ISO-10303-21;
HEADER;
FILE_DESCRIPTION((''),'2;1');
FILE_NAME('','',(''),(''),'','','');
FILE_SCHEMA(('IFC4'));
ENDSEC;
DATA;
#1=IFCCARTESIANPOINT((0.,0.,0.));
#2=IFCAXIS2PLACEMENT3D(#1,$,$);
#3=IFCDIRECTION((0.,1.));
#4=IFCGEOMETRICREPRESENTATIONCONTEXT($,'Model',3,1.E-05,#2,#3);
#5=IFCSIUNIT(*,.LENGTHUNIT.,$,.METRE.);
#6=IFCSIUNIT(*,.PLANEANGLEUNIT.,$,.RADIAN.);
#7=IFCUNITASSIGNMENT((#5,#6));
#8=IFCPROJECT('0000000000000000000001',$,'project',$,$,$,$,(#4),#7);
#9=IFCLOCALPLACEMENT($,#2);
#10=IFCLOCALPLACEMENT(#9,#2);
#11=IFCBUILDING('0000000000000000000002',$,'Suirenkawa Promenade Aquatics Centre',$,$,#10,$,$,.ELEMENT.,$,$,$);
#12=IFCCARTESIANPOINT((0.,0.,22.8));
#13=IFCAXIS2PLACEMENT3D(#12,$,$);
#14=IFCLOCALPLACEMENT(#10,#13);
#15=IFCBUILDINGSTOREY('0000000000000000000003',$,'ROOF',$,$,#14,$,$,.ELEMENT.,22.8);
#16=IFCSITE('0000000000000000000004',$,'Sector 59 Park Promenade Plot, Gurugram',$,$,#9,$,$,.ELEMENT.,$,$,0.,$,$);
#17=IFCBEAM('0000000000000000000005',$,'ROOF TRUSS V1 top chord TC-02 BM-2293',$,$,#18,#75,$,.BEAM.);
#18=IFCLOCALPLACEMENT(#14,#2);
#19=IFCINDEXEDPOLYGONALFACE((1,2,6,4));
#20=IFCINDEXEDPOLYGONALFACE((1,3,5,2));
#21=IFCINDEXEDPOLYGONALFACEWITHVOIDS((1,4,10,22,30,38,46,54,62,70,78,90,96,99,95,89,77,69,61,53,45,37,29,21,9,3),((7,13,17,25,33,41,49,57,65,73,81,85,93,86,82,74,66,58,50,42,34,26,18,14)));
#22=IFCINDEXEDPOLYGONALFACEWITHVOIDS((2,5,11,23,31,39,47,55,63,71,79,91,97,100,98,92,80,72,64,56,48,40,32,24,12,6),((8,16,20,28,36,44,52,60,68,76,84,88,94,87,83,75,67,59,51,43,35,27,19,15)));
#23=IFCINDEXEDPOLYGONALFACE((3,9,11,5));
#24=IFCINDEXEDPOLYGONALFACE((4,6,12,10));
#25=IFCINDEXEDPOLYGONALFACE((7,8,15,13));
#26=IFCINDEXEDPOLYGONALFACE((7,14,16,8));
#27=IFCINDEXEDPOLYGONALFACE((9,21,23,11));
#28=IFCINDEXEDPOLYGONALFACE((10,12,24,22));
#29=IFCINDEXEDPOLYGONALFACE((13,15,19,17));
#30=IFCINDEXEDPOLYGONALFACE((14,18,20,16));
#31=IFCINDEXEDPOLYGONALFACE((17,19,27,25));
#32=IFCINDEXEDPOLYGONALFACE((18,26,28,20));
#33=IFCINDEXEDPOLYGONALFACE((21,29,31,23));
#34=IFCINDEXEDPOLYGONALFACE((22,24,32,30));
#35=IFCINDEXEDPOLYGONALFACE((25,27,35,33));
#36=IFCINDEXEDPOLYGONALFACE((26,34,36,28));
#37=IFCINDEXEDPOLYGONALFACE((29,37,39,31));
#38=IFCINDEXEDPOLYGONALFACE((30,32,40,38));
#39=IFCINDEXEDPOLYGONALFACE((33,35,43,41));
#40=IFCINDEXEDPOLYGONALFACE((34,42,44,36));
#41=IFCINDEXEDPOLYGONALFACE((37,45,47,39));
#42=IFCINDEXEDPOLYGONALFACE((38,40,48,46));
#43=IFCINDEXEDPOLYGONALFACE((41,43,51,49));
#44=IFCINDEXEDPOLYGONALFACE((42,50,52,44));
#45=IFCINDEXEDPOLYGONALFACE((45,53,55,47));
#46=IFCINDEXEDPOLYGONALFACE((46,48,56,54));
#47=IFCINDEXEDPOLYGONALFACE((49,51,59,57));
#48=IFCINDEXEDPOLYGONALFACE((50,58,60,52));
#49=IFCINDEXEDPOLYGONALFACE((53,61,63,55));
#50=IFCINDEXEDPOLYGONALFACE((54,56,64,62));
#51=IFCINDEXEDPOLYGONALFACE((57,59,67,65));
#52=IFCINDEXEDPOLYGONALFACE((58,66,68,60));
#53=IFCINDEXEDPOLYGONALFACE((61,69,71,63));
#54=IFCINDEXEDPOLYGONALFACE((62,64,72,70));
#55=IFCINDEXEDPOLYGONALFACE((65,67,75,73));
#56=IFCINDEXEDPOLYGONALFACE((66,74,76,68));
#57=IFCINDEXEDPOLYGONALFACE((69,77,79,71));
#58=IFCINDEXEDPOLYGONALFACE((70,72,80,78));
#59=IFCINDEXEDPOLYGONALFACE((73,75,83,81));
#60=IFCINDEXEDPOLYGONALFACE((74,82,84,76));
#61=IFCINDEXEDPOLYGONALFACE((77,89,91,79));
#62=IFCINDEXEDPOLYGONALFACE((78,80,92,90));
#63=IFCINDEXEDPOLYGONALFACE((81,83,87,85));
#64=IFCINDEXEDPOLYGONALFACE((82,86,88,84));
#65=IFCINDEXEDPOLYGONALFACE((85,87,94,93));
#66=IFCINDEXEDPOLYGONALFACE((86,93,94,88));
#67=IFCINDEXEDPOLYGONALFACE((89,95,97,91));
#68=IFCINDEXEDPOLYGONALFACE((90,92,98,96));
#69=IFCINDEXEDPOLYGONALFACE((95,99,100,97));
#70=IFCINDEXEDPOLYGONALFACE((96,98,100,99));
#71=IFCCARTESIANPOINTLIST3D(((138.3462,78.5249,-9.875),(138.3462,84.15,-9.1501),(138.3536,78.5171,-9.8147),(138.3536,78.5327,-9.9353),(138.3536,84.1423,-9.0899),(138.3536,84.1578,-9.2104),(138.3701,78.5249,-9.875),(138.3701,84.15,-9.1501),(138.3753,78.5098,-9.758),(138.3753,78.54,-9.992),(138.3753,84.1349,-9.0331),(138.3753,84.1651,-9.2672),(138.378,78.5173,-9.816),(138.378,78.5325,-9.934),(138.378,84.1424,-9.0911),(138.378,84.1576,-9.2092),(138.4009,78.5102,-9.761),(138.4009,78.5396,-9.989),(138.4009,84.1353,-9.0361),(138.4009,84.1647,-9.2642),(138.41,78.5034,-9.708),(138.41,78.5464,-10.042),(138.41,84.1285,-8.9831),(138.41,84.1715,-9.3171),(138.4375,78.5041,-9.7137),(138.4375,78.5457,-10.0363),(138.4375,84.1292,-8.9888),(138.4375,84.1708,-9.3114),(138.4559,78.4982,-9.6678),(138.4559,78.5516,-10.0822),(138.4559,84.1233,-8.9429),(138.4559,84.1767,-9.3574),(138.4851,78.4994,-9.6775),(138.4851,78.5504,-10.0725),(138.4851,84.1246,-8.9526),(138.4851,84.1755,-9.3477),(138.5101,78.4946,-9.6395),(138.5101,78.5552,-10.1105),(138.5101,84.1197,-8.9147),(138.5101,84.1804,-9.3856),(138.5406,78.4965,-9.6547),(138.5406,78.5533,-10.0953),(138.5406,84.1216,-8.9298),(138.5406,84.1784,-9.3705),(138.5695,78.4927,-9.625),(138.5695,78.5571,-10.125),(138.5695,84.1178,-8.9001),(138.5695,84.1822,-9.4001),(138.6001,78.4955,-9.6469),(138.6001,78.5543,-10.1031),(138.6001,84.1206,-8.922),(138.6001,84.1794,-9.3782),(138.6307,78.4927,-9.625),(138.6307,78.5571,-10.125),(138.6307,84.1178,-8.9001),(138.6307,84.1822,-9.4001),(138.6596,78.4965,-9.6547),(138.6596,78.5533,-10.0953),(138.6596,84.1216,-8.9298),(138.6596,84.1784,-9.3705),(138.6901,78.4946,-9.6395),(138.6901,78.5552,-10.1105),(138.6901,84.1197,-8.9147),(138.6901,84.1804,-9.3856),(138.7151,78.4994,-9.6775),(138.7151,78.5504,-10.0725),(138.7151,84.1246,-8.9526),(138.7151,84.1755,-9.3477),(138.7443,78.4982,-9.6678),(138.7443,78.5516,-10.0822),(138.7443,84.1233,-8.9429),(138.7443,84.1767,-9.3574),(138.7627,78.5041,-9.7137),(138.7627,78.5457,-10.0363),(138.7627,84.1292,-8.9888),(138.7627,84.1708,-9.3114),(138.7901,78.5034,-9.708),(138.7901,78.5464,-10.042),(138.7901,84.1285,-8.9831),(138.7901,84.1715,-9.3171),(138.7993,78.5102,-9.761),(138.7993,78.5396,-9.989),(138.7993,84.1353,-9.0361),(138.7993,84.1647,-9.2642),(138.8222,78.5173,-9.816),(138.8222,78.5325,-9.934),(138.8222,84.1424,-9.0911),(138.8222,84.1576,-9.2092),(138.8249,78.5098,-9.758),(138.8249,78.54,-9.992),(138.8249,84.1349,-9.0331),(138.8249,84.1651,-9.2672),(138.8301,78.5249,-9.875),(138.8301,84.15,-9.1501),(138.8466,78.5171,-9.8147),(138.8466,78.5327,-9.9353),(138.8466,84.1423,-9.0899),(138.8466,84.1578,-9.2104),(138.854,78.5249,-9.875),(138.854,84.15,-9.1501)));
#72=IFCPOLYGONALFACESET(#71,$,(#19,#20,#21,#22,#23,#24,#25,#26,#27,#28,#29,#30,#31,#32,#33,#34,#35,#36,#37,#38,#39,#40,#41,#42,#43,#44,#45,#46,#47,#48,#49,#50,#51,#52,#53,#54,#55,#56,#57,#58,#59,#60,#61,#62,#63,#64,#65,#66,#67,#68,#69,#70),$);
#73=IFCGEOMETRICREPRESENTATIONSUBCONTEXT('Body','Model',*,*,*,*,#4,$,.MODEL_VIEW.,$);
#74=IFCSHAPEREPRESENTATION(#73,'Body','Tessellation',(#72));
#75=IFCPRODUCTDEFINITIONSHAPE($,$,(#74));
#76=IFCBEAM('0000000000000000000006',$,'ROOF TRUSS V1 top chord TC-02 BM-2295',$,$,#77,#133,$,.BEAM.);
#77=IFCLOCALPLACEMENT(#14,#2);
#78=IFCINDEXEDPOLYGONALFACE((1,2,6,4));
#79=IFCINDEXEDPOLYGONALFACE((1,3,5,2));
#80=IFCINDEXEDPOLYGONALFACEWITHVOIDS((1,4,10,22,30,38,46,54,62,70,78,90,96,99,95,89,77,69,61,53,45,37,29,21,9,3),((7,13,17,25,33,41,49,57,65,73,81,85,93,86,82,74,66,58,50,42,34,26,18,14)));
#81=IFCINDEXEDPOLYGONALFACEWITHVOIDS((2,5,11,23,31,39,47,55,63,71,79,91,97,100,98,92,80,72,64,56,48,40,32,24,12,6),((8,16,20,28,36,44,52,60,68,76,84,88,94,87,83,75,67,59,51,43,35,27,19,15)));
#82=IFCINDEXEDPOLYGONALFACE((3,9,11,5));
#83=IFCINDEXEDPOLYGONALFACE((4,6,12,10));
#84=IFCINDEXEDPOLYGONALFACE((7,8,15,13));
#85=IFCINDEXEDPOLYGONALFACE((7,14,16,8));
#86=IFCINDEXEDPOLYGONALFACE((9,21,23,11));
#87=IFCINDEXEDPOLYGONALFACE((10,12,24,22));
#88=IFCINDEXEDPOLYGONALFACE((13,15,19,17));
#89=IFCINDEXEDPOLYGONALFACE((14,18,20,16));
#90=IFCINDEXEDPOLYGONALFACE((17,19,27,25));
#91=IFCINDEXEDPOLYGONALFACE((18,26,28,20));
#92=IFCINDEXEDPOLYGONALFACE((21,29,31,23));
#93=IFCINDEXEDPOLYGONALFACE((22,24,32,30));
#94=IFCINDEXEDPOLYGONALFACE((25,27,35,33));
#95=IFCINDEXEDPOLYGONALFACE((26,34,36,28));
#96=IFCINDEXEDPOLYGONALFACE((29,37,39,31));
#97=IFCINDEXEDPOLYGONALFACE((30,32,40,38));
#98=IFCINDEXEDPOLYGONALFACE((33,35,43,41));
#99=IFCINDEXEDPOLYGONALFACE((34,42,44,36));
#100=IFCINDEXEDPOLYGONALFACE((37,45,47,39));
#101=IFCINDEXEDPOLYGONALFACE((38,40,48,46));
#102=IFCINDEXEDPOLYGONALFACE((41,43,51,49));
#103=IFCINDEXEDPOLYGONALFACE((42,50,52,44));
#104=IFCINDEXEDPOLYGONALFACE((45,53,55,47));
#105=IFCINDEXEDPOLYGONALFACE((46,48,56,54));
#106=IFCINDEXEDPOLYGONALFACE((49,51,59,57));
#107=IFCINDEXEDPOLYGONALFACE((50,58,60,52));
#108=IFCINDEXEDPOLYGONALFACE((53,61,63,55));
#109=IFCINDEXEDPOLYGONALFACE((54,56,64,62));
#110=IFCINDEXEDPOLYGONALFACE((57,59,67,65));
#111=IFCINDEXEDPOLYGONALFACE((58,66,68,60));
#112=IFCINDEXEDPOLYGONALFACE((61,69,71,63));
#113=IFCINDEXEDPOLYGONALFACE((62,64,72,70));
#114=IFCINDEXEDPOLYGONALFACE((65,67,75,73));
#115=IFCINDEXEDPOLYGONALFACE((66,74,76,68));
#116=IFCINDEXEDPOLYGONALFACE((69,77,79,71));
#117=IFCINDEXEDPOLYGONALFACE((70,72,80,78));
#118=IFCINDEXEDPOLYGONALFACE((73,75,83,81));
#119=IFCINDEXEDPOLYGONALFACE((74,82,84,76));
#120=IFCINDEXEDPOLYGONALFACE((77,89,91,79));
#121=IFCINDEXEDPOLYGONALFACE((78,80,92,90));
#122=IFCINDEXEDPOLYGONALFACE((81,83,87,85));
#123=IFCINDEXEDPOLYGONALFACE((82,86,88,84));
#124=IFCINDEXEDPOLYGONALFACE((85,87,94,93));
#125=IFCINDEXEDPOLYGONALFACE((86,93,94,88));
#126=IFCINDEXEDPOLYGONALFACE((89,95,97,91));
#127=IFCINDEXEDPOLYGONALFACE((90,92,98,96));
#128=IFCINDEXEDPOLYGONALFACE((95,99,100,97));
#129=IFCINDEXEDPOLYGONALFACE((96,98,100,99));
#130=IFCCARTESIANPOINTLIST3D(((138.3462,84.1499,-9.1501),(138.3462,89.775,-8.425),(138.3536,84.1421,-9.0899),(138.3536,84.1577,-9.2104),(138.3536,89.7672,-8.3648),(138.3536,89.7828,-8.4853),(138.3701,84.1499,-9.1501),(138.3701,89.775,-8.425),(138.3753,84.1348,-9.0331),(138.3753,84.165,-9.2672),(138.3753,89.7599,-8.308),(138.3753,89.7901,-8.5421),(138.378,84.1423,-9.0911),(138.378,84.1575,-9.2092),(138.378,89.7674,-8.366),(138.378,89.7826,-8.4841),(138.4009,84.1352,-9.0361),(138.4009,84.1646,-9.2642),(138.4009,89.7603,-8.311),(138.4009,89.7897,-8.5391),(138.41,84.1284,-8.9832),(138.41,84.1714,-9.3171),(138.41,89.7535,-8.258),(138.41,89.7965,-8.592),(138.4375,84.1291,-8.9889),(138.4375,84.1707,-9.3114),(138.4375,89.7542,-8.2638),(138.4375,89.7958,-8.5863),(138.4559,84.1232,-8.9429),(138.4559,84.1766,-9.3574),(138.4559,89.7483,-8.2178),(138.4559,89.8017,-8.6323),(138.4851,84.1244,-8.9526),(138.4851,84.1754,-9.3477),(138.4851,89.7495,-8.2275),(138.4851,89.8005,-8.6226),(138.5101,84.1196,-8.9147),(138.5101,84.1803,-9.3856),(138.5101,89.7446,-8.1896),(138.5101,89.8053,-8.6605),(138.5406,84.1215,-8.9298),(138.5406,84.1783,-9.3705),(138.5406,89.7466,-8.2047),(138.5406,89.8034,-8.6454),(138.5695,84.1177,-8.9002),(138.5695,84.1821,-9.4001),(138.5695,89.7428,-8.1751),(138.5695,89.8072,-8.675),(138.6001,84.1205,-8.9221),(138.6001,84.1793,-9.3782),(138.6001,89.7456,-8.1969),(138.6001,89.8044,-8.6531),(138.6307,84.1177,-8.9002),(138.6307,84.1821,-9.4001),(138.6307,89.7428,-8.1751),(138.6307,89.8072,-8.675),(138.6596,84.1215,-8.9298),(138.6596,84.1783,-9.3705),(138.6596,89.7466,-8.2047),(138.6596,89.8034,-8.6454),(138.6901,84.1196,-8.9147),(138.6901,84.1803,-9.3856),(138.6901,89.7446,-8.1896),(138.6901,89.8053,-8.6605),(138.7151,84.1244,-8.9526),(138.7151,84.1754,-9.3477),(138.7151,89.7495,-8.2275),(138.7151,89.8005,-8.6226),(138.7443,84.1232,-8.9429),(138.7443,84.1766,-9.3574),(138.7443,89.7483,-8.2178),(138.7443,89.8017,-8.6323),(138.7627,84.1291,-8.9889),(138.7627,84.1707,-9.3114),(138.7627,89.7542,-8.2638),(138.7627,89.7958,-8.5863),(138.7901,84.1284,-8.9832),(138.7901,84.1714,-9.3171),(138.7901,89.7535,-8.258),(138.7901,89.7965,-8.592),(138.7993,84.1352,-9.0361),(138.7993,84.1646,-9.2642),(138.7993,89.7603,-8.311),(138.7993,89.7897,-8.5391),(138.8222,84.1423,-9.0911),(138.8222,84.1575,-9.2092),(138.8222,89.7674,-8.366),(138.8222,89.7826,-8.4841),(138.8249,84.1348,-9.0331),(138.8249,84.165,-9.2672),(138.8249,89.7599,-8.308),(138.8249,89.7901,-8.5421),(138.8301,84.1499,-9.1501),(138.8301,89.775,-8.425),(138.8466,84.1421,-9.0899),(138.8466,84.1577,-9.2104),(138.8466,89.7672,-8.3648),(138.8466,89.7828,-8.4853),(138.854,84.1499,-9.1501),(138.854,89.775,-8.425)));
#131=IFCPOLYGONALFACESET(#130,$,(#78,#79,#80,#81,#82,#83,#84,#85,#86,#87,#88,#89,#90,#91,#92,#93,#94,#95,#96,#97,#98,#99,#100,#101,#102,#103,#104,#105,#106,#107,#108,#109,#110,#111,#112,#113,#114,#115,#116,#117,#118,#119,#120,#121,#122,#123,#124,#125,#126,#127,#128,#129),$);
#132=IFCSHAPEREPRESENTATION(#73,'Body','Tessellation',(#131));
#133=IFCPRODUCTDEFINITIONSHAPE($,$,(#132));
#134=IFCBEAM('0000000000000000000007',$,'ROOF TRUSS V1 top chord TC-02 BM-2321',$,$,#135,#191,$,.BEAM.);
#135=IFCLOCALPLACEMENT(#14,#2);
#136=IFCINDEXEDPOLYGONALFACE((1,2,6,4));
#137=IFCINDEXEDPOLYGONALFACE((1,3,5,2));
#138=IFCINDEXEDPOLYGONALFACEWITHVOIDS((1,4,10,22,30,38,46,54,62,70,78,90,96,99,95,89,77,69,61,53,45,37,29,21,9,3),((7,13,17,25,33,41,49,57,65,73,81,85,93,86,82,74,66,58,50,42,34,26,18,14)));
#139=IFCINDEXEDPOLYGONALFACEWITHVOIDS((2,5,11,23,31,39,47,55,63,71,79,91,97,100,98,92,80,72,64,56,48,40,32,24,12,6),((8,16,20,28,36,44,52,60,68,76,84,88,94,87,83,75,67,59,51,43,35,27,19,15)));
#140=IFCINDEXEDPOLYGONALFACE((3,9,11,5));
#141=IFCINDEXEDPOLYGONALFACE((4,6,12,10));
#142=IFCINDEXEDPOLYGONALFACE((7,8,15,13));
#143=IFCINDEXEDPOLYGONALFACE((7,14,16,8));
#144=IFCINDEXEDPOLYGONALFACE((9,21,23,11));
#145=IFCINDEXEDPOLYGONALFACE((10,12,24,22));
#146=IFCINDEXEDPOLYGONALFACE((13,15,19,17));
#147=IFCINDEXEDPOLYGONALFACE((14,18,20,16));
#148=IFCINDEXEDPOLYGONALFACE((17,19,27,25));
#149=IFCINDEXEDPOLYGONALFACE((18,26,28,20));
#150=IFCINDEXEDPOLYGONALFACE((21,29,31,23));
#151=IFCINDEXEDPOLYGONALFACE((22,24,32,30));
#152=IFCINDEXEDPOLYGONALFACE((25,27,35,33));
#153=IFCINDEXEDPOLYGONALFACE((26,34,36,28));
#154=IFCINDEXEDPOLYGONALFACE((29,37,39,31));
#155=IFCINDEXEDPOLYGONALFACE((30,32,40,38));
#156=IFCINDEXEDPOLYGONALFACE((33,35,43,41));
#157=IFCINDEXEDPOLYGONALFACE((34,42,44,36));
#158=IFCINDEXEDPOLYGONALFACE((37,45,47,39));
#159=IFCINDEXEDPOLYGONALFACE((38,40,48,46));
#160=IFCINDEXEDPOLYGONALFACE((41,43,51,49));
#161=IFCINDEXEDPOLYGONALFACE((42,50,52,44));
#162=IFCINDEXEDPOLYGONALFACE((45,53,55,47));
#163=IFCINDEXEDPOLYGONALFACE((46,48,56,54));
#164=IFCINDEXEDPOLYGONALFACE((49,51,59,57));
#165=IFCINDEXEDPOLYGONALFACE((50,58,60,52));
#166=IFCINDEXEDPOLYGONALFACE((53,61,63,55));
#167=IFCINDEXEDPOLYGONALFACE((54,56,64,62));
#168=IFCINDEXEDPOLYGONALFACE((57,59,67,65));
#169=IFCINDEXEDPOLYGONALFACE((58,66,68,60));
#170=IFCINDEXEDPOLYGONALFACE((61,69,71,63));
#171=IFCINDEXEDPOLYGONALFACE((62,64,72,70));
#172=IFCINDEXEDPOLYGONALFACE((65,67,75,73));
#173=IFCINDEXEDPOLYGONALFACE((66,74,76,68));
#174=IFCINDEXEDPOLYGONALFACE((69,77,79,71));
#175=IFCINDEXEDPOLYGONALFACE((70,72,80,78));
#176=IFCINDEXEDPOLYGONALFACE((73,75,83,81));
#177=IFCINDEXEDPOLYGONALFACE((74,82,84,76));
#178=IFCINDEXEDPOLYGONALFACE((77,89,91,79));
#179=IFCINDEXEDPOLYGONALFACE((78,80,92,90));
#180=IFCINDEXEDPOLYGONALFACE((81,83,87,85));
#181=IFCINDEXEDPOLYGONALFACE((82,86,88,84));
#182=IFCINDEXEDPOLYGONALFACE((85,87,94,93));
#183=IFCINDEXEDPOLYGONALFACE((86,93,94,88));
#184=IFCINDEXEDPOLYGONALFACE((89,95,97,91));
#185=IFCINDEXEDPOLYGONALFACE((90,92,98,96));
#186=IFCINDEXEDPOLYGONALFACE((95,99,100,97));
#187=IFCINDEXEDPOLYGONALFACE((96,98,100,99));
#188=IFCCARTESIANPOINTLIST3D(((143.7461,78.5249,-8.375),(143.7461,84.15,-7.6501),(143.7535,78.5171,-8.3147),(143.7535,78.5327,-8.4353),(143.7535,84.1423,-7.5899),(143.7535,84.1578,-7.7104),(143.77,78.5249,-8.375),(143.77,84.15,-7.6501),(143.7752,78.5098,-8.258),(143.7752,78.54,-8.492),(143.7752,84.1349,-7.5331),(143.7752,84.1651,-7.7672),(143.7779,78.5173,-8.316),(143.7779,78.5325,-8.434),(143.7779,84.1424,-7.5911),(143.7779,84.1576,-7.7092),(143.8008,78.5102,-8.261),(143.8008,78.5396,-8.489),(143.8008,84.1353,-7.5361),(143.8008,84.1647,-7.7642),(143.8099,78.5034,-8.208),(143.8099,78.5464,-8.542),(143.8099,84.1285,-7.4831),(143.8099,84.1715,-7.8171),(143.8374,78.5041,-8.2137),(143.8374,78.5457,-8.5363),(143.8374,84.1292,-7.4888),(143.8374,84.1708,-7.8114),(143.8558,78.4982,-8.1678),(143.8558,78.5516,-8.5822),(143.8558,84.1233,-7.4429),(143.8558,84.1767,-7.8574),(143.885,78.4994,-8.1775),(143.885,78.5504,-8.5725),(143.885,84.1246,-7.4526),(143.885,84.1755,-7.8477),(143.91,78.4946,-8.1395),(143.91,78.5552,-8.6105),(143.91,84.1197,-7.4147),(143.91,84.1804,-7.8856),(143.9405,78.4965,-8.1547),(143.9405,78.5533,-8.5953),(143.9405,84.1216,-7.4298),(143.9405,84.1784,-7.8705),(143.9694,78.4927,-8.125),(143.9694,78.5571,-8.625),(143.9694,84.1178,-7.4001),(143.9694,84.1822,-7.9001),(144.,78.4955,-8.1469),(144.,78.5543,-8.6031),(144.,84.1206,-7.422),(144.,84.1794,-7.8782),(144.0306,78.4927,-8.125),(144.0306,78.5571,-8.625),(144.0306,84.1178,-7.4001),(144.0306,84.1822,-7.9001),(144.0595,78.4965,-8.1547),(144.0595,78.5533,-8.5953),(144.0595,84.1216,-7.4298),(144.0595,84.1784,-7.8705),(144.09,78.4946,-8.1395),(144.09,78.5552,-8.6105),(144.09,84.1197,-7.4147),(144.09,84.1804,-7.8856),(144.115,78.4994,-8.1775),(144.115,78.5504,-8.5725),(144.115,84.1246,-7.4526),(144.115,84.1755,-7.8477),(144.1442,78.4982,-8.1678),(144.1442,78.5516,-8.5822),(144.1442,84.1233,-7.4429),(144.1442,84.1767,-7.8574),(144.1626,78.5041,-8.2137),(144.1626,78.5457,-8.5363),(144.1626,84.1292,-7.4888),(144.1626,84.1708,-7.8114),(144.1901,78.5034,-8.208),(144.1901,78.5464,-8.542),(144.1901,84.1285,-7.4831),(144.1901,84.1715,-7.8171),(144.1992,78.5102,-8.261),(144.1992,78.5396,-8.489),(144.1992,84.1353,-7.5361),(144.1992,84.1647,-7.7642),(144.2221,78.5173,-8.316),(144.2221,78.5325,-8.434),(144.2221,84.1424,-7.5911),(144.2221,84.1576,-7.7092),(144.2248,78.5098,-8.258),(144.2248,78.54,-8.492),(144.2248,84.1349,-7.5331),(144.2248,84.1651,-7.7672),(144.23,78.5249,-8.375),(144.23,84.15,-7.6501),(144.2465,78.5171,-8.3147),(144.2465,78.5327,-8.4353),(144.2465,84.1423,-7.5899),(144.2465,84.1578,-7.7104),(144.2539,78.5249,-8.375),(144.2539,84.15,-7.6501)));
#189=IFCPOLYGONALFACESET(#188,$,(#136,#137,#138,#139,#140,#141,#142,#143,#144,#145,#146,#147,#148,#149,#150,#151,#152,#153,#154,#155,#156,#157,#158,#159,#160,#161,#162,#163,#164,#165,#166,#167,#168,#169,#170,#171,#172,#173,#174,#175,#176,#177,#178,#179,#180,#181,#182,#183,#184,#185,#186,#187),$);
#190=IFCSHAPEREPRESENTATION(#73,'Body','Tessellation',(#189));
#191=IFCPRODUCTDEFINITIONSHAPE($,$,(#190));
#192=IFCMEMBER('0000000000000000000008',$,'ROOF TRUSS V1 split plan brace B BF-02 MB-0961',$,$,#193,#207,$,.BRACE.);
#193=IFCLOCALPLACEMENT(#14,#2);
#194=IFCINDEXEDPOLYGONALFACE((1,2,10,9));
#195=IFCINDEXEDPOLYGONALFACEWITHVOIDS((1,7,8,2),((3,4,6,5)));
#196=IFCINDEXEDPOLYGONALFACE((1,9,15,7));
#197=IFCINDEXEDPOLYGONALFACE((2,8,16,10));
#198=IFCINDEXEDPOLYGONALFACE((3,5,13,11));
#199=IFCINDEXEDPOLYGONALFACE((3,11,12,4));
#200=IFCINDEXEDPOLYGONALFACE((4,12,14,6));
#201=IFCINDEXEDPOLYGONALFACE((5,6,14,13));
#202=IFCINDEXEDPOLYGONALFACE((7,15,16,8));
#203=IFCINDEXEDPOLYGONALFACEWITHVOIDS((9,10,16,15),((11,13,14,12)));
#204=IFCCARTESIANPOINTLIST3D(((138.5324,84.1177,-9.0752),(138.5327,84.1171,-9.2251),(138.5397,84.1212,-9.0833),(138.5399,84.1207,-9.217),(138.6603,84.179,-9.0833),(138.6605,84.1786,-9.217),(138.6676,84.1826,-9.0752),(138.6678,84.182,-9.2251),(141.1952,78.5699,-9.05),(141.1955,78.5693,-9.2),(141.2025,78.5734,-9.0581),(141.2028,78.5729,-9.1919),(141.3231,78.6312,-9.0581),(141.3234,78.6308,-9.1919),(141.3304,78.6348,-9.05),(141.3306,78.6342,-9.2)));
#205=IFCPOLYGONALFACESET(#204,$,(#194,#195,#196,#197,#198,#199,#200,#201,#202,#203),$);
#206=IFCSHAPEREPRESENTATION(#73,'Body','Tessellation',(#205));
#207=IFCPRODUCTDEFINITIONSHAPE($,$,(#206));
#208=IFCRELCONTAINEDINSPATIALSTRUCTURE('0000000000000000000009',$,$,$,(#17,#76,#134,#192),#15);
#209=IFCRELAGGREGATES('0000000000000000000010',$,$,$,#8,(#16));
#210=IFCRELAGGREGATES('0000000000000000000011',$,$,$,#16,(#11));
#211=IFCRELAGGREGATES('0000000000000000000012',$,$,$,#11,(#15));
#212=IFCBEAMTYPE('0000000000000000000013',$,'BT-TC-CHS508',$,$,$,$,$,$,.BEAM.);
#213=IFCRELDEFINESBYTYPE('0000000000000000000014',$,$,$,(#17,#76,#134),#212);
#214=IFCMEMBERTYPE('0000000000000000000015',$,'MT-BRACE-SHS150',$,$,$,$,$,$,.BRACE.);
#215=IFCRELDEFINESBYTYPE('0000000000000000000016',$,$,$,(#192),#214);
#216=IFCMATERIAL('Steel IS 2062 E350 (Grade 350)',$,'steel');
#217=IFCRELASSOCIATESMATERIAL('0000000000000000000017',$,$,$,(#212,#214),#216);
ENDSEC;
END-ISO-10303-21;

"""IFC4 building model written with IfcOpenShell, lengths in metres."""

from ifc_helpers import new_model, si_unit, direction, frame, origin, origin_2d, place, context, subcontext, project, spatial, hollow_rectangle, hollow_circle, extrude, material, material_profile, profile_set, type_object, element, save


model = new_model("IFC4")

# Units and contexts
model_context = context("Model", 3, precision=1e-05, world=origin(), true_north=direction((0.0, 1.0)))
body_context = subcontext(model_context, "Body", "Model", "MODEL_VIEW")
ifc_project = project(units=[si_unit("LENGTHUNIT", "METRE"), si_unit("PLANEANGLEUNIT", "RADIAN")], contexts=[model_context])

# Site, building, storey
site_placement = place(None, origin())
site = spatial("IfcSite", under=ifc_project, at=site_placement, Name="Sector 59 Park Promenade Plot, Gurugram", CompositionType="ELEMENT", RefElevation=0.0)
building_placement = place(site_placement, origin())
building = spatial("IfcBuilding", under=site, at=building_placement, Name="Suirenkawa Promenade Aquatics Centre", CompositionType="ELEMENT")
storey_placement = place(building_placement, frame((0.0, 0.0, 22.8)))
storey = spatial("IfcBuildingStorey", under=building, at=storey_placement, Name="ROOF", CompositionType="ELEMENT", Elevation=22.8)

# Beams
ifc_material = material(Name="Steel IS 2062 E350 (Grade 350)", Category="steel")
ifc_material_profile_1 = material_profile(ifc_material, hollow_circle(Radius=0.2539, WallThickness=0.0239, at=origin_2d()), Name="CHS 508x24", Category="steel")
ifc_profile_set_1 = profile_set([ifc_material_profile_1], Name="Steel IS 2062 E350 (Grade 350)")
beam_type_1 = type_object("IfcBeamType", Name="BT-TC-CHS508", PredefinedType="BEAM", material=ifc_profile_set_1)
for number, where, z_axis, x_axis, name in (
    (1, (138.6001, 78.5249, -9.875), (0.0, 0.991799, 0.127806), (-1.0, 0.0, 0.0), "ROOF TRUSS V1 top chord TC-02 BM-2293"),
    (2, (138.6001, 84.1499, -9.1501), (0.0, 0.991794, 0.127848), (-1.0, 0.0, 0.0), "ROOF TRUSS V1 top chord TC-02 BM-2295"),
    (3, (144.0, 78.5249, -8.375), (0.0, 0.991799, 0.127806), (-1.0, 0.0, 0.0), "ROOF TRUSS V1 top chord TC-02 BM-2321"),
):
    element("IfcBeam", number, at=place(storey_placement, frame(where, z_axis=z_axis, x_axis=x_axis)), inside=storey, type_object=beam_type_1, Name=name, PredefinedType="BEAM", context=body_context, shape_type="SweptSolid", body=[
        extrude(hollow_circle(Radius=0.2539, WallThickness=0.0239, at=origin_2d()), origin(), (0.0, 0.0, 1.0), 5.6716),
    ])

# Member
ifc_material_profile_2 = material_profile(ifc_material, hollow_rectangle(XDim=0.1499, YDim=0.1499, WallThickness=0.0081, at=origin_2d()), Name="SHS 150x150x8", Category="steel")
ifc_profile_set_2 = profile_set([ifc_material_profile_2], Name="Steel IS 2062 E350 (Grade 350)")
member_type_1 = type_object("IfcMemberType", Name="MT-BRACE-SHS150", PredefinedType="BRACE", material=ifc_profile_set_2)
member_1_placement = place(storey_placement, frame((141.2629, 78.6021, -9.125), z_axis=(-0.432711, 0.901524, -0.004086), x_axis=(-0.901531, -0.432714, 0.0)))
element("IfcMember", 4, at=member_1_placement, inside=storey, type_object=member_type_1, Name="ROOF TRUSS V1 split plan brace B BF-02 MB-0961", PredefinedType="BRACE", context=body_context, shape_type="SweptSolid", body=[
    extrude(hollow_rectangle(XDim=0.1499, YDim=0.1499, WallThickness=0.0081, at=origin_2d()), origin(), (0.0, 0.0, 1.0), 6.1538),
])

save(model, "model.ifc")
